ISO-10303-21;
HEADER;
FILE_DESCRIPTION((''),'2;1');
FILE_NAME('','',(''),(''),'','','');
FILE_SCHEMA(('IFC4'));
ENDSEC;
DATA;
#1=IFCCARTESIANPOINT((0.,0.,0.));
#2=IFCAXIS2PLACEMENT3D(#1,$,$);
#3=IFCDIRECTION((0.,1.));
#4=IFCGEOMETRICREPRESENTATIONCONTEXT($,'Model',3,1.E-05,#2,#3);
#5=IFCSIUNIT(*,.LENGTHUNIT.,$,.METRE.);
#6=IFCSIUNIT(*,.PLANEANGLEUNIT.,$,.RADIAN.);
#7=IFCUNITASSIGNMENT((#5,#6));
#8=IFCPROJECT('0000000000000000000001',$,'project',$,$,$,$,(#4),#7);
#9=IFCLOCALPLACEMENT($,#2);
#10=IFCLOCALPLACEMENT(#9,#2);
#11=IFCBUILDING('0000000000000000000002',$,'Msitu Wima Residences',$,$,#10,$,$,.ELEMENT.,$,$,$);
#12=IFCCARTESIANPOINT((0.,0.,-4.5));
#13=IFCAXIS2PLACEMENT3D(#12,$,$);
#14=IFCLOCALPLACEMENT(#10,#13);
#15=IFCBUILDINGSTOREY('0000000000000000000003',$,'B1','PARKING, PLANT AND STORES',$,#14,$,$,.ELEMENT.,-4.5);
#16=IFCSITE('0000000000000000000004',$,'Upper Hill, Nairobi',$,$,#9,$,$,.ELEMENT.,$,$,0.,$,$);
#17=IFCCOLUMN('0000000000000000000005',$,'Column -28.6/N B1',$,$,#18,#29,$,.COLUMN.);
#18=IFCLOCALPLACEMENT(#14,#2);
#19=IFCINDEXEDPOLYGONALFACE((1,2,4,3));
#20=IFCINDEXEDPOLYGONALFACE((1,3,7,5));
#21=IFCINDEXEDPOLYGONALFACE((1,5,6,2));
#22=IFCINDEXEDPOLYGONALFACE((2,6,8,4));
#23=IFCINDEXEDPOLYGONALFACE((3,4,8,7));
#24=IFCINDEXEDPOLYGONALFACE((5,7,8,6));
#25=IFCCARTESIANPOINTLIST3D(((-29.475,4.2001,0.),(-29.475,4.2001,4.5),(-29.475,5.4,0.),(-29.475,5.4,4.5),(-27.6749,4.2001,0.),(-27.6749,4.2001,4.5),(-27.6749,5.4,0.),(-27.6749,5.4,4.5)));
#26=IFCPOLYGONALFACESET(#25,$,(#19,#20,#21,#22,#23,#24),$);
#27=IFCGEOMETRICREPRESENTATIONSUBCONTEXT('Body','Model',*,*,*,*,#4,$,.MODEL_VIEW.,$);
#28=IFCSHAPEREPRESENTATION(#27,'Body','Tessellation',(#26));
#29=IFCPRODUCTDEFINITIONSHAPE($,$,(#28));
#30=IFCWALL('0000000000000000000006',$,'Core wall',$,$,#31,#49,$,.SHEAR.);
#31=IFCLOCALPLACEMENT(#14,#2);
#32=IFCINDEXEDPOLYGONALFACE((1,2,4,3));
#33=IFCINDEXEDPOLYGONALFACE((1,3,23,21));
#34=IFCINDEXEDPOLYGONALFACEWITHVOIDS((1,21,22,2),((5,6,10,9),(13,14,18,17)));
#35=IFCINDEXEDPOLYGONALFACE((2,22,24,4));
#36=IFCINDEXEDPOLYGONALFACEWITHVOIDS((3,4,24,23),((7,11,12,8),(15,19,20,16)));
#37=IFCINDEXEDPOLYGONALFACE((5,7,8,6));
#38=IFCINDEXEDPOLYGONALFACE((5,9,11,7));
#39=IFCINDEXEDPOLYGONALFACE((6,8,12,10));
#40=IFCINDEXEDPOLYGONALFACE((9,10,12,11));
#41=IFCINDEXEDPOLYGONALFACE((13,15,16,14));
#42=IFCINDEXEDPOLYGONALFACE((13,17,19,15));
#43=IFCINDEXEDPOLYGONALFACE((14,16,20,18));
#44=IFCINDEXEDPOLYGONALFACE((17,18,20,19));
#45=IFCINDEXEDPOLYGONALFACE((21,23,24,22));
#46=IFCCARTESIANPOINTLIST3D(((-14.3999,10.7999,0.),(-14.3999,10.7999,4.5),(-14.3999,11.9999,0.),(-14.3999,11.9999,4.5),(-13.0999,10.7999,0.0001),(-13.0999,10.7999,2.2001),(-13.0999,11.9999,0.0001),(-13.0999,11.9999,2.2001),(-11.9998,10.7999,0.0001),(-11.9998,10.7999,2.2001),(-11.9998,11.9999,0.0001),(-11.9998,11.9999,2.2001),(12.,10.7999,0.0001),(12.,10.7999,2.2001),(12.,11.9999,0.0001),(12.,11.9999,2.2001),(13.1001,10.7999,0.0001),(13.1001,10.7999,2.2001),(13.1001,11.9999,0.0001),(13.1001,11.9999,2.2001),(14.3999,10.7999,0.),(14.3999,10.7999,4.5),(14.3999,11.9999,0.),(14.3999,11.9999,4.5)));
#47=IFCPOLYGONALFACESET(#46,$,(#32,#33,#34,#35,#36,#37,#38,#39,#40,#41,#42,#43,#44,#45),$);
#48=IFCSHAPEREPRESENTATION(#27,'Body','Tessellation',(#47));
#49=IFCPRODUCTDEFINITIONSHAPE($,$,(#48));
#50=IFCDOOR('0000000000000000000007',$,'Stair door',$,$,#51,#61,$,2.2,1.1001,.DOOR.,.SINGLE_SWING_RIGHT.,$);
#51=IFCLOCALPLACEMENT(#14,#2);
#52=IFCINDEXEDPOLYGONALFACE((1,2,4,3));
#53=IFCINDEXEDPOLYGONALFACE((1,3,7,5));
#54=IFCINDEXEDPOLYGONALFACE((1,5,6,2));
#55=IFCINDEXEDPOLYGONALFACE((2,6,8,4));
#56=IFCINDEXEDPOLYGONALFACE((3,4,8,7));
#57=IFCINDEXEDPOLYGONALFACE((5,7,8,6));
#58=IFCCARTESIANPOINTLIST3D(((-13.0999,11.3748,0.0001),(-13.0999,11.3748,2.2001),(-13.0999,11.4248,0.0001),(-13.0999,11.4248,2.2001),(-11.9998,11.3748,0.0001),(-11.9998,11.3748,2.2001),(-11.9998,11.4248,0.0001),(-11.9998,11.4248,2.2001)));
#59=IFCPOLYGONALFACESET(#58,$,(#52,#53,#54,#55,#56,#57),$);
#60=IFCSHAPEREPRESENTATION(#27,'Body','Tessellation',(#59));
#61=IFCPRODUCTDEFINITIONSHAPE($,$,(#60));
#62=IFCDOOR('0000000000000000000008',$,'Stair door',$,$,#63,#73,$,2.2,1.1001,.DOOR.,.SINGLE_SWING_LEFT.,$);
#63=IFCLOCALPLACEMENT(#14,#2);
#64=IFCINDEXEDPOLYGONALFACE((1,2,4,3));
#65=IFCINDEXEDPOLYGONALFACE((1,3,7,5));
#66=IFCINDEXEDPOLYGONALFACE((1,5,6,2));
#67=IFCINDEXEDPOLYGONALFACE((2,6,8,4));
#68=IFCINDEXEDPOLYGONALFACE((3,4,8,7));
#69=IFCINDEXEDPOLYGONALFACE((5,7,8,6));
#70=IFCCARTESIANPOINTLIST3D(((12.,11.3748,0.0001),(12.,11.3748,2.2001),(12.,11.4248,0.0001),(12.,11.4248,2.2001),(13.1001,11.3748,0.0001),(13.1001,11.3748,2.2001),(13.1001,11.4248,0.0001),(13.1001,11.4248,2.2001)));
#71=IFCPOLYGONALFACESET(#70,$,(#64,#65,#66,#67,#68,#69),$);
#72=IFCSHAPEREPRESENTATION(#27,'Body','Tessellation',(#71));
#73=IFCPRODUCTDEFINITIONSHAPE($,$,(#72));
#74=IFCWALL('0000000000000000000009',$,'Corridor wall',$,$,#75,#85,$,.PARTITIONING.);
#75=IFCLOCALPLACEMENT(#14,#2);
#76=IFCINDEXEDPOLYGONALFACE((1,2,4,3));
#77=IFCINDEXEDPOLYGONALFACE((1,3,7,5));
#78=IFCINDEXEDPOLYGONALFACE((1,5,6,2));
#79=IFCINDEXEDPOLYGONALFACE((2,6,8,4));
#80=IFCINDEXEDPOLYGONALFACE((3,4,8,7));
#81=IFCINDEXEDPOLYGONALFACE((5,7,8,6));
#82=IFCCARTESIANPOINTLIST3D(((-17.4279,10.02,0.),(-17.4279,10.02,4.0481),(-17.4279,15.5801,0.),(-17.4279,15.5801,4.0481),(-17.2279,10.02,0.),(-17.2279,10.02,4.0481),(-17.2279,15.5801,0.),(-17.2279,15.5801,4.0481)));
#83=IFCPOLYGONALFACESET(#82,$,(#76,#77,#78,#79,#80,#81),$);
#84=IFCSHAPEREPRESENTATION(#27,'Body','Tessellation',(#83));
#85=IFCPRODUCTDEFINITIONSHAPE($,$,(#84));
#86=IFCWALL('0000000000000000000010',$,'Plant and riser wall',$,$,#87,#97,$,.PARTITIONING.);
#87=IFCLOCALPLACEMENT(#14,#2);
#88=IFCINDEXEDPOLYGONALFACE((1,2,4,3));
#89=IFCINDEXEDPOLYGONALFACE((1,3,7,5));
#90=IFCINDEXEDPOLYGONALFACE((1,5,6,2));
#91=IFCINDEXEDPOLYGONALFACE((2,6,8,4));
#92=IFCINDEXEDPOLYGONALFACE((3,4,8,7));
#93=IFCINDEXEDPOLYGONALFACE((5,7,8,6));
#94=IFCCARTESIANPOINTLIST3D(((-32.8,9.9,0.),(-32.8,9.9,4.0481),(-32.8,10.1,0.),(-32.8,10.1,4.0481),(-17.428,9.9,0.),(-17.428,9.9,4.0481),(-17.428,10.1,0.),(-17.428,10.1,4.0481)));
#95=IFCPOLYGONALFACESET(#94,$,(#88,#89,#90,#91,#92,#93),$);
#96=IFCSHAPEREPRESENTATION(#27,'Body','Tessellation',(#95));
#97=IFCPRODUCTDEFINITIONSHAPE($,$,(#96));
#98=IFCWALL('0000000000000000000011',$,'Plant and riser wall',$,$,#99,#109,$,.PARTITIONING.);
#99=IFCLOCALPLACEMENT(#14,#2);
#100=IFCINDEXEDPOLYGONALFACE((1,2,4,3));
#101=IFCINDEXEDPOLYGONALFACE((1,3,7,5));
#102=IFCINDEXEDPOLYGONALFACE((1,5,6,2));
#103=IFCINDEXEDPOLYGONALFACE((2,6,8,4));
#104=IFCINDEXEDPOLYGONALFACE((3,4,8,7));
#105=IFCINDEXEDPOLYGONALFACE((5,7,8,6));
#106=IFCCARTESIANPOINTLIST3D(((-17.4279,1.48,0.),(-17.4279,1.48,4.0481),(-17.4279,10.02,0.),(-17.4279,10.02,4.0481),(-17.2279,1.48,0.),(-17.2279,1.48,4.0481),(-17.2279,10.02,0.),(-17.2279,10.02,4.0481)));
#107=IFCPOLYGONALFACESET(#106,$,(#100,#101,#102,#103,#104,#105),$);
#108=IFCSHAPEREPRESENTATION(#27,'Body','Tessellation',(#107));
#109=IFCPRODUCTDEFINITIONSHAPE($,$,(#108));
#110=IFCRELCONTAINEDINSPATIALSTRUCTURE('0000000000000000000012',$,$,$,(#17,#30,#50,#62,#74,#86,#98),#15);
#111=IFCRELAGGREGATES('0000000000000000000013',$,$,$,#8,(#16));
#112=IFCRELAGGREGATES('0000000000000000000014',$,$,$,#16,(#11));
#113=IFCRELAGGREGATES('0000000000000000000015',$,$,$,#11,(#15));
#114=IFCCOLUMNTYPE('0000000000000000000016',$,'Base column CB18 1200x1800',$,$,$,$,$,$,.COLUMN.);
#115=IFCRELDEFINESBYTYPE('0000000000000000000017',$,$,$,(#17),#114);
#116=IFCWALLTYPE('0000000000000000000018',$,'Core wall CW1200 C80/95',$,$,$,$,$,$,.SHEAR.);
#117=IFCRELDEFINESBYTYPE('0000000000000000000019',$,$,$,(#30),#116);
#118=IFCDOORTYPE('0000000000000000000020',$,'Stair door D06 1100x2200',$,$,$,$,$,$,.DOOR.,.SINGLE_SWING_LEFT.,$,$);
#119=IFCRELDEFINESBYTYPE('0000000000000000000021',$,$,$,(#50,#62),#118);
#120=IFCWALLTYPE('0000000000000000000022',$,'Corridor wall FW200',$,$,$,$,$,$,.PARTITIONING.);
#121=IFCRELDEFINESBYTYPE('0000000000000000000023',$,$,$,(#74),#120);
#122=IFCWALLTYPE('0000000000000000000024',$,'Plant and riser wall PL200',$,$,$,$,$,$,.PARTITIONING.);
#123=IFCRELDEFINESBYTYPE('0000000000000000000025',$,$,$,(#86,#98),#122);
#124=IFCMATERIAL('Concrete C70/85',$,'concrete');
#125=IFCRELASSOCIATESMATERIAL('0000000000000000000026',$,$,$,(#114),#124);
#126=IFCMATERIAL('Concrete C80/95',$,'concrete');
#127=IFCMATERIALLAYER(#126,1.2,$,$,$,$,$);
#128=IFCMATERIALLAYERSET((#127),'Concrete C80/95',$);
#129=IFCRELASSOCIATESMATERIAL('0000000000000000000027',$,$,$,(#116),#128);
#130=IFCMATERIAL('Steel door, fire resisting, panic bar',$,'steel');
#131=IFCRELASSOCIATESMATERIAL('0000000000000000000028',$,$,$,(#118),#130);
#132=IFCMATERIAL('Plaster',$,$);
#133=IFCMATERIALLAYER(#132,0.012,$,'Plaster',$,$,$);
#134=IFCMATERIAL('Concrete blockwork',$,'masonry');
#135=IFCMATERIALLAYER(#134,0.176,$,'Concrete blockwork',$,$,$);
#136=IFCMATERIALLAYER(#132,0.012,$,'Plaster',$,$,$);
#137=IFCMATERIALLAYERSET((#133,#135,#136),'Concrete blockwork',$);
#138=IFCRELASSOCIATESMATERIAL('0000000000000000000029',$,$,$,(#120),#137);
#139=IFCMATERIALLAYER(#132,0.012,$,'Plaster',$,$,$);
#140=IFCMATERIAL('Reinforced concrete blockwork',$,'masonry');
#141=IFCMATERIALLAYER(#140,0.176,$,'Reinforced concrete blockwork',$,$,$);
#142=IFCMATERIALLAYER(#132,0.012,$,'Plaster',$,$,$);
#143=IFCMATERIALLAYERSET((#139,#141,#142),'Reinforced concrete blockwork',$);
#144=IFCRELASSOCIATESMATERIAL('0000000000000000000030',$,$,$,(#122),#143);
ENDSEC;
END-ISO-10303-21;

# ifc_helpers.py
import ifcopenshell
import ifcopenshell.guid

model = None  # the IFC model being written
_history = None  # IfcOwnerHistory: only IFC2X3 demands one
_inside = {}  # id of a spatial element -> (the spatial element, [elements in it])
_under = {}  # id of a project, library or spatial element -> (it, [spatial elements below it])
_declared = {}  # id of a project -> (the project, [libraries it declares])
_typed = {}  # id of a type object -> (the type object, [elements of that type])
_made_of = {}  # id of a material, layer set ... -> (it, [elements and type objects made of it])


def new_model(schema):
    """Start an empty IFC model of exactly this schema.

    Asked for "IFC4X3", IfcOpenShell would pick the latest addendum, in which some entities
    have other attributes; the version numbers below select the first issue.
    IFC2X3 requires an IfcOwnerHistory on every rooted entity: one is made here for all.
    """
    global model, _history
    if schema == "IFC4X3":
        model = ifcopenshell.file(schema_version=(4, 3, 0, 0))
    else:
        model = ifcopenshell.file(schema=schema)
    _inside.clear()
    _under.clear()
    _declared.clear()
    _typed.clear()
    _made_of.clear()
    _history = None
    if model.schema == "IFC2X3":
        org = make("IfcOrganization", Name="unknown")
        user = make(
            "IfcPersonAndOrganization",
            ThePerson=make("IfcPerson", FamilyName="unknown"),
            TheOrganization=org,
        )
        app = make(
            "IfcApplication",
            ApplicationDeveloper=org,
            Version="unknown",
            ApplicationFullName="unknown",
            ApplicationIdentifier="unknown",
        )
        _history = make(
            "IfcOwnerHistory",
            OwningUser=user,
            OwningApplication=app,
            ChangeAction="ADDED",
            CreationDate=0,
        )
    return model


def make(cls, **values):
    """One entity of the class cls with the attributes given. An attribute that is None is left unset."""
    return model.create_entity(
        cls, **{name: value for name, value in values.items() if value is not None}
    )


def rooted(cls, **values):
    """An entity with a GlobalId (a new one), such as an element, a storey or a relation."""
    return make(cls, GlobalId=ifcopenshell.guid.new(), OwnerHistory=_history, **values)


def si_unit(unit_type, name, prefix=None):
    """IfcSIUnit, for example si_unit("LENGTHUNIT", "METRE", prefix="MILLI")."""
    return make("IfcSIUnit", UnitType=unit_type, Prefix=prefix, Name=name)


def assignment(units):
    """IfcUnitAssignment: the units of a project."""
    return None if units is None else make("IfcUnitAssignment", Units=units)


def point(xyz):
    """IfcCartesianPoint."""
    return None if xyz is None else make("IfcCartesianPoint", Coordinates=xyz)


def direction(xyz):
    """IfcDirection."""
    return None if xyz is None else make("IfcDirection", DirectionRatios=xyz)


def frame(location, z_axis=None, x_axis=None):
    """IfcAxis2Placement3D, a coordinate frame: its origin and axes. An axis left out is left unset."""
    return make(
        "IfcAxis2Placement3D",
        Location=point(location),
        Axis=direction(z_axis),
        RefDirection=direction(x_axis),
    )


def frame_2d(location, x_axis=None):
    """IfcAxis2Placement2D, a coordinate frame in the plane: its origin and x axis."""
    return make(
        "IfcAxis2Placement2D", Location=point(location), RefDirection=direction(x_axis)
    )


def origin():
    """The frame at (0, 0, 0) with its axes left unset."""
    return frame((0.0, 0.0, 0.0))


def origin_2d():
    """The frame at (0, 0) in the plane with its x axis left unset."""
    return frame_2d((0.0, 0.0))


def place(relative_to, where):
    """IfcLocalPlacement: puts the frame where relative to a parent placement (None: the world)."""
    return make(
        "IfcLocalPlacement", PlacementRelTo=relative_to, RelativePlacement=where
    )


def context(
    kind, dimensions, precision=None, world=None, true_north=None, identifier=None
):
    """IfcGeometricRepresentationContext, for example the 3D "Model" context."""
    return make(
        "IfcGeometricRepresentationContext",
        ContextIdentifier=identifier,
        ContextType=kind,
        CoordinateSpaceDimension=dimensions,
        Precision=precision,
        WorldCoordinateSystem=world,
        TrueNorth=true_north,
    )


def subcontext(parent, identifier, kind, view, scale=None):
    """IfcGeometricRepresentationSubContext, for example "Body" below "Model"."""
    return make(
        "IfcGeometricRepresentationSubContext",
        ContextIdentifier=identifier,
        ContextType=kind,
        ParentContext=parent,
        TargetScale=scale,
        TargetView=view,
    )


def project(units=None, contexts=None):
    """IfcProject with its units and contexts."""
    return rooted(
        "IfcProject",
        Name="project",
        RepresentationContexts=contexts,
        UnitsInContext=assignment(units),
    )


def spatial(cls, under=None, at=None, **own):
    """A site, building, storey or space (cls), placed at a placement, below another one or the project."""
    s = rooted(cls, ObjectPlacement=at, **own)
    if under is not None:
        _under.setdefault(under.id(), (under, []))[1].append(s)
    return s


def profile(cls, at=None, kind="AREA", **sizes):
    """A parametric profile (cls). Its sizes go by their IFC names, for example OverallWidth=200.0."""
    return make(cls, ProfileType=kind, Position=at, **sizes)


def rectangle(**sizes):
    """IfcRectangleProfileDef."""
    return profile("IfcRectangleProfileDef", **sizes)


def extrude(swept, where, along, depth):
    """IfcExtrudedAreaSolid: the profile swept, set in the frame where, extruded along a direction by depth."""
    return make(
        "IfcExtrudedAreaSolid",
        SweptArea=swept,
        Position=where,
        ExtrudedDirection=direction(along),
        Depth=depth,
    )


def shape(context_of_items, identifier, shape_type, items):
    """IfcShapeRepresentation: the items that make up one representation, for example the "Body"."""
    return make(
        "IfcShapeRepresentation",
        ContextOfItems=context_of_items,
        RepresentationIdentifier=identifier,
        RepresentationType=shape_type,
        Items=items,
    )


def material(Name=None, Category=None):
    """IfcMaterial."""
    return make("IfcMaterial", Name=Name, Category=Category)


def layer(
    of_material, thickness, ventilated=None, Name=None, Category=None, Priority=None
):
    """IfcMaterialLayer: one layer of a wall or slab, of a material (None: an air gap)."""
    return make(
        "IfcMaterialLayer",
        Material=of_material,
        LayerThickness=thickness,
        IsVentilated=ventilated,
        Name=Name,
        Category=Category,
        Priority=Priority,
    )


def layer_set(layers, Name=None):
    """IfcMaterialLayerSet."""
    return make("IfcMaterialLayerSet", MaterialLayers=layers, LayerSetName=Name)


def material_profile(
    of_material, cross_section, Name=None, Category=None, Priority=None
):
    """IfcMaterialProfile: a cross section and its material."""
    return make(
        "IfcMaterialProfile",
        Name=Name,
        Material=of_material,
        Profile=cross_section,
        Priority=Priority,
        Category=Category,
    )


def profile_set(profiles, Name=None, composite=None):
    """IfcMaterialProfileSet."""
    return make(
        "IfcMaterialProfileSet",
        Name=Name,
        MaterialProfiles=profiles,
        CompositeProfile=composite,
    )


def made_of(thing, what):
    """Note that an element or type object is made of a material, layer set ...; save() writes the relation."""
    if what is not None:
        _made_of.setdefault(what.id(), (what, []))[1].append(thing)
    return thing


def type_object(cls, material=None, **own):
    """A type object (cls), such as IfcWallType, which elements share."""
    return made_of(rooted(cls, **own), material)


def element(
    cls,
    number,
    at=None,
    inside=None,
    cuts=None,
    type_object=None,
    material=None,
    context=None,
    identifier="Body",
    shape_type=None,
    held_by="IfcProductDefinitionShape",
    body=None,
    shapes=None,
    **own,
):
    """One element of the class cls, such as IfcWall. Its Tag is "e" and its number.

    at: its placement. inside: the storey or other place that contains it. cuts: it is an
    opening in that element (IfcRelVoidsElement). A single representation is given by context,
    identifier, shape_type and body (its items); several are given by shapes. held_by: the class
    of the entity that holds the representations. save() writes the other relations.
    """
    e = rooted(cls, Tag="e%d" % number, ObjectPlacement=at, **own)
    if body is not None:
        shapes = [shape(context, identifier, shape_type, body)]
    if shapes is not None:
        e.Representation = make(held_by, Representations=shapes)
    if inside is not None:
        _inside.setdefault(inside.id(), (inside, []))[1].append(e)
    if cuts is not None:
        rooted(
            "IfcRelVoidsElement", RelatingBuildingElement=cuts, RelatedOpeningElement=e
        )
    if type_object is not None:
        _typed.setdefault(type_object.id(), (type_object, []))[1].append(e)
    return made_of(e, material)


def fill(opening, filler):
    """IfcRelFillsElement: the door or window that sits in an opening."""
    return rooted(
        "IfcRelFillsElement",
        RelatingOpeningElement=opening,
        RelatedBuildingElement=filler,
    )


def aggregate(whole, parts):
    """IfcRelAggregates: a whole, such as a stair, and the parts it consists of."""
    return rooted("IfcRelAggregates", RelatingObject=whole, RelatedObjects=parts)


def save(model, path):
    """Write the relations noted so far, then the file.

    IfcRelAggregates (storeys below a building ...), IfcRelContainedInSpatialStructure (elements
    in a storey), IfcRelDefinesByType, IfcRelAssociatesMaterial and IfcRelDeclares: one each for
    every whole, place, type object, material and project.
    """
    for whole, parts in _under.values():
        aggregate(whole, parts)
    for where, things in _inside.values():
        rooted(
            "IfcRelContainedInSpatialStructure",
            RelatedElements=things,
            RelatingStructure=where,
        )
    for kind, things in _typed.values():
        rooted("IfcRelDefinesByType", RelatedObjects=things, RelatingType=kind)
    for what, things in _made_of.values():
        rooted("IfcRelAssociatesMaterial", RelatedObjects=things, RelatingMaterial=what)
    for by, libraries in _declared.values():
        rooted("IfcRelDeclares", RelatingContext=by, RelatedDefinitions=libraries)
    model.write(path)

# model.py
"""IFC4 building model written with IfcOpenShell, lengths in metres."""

from ifc_helpers import new_model, si_unit, direction, frame, frame_2d, origin, origin_2d, place, context, subcontext, project, spatial, rectangle, extrude, material, layer, layer_set, material_profile, profile_set, type_object, element, fill, save


model = new_model("IFC4")

# Units and contexts
model_context = context("Model", 3, precision=1e-05, world=origin(), true_north=direction((0.0, 1.0)))
body_context = subcontext(model_context, "Body", "Model", "MODEL_VIEW")
ifc_project = project(units=[si_unit("LENGTHUNIT", "METRE"), si_unit("PLANEANGLEUNIT", "RADIAN")], contexts=[model_context])

# Site, building, storey
site_placement = place(None, origin())
site = spatial("IfcSite", under=ifc_project, at=site_placement, Name="Upper Hill, Nairobi", CompositionType="ELEMENT", RefElevation=0.0)
building_placement = place(site_placement, origin())
building = spatial("IfcBuilding", under=site, at=building_placement, Name="Msitu Wima Residences", CompositionType="ELEMENT")
storey_placement = place(building_placement, frame((0.0, 0.0, -4.5)))
storey = spatial("IfcBuildingStorey", under=building, at=storey_placement, Name="B1", Description="PARKING, PLANT AND STORES", CompositionType="ELEMENT", Elevation=-4.5)

# Column
ifc_material_1 = material(Name="Concrete C70/85", Category="concrete")
ifc_material_profile = material_profile(ifc_material_1, rectangle(XDim=1.2, YDim=1.8, at=origin_2d()), Name="RC 1200x1800")
ifc_profile_set = profile_set([ifc_material_profile], Name="Concrete C70/85")
column_type = type_object("IfcColumnType", Name="Base column CB18 1200x1800", PredefinedType="COLUMN", material=ifc_profile_set)
column_placement = place(storey_placement, frame((-28.575, 4.8, 0.0), z_axis=(0.0, 0.0, 1.0), x_axis=(0.0, -1.0, 0.0)))
element("IfcColumn", 1, at=column_placement, inside=storey, type_object=column_type, Name="Column -28.6/N B1", PredefinedType="COLUMN", context=body_context, shape_type="SweptSolid", body=[
    extrude(rectangle(XDim=1.2, YDim=1.8, at=origin_2d()), origin(), (0.0, 0.0, 1.0), 4.5),
])

# Wall, openings, doors
ifc_material_2 = material(Name="Concrete C80/95", Category="concrete")
ifc_layer_1 = layer(ifc_material_2, 1.2)
ifc_layer_set_1 = layer_set([ifc_layer_1], Name="Concrete C80/95")
wall_type_1 = type_object("IfcWallType", Name="Core wall CW1200 C80/95", PredefinedType="SHEAR", material=ifc_layer_set_1)
wall_1_placement = place(storey_placement, frame((-14.3999, 11.3999, 0.0), z_axis=(0.0, 0.0, 1.0), x_axis=(1.0, 0.0, 0.0)))
wall_1 = element("IfcWall", 2, at=wall_1_placement, inside=storey, type_object=wall_type_1, Name="Core wall", PredefinedType="SHEAR", context=body_context, shape_type="SweptSolid", body=[
    extrude(rectangle(XDim=28.7998, YDim=1.2, at=frame_2d((14.3999, 0.0))), origin(), (0.0, 0.0, 1.0), 4.5),
])
opening_1_placement = place(wall_1_placement, frame((1.3, 0.0, 0.0)))
opening_1 = element("IfcOpeningElement", 3, at=opening_1_placement, cuts=wall_1, PredefinedType="OPENING", context=body_context, shape_type="SweptSolid", body=[
    extrude(rectangle(XDim=1.1001, YDim=2.2, at=frame_2d((0.55, 1.1001))), frame((0.0, 0.6099, 0.0), z_axis=(0.0, -1.0, 0.0), x_axis=(1.0, 0.0, 0.0)), (0.0, 0.0, 1.0), 1.22),
])
opening_2_placement = place(wall_1_placement, frame((26.3999, 0.0, 0.0)))
opening_2 = element("IfcOpeningElement", 4, at=opening_2_placement, cuts=wall_1, PredefinedType="OPENING", context=body_context, shape_type="SweptSolid", body=[
    extrude(rectangle(XDim=1.1001, YDim=2.2, at=frame_2d((0.55, 1.1001))), frame((0.0, 0.6099, 0.0), z_axis=(0.0, -1.0, 0.0), x_axis=(1.0, 0.0, 0.0)), (0.0, 0.0, 1.0), 1.22),
])
ifc_material_3 = material(Name="Steel door, fire resisting, panic bar", Category="steel")
door_type_1 = type_object("IfcDoorType", Name="Stair door D06 1100x2200", OperationType="SINGLE_SWING_LEFT", PredefinedType="DOOR", material=ifc_material_3)
door_1_placement = place(opening_1_placement, origin())
door_1 = element("IfcDoor", 5, at=door_1_placement, inside=storey, type_object=door_type_1, Name="Stair door", OperationType="SINGLE_SWING_RIGHT", OverallHeight=2.2, OverallWidth=1.1001, PredefinedType="DOOR", context=body_context, shape_type="SweptSolid", body=[
    extrude(rectangle(XDim=1.1001, YDim=2.2, at=frame_2d((0.55, 1.1001))), frame((0.0, 0.0249, 0.0), z_axis=(0.0, -1.0, 0.0), x_axis=(1.0, 0.0, 0.0)), (0.0, 0.0, 1.0), 0.05),
])
fill(opening_1, door_1)
door_2_placement = place(opening_2_placement, origin())
door_2 = element("IfcDoor", 6, at=door_2_placement, inside=storey, type_object=door_type_1, Name="Stair door", OperationType="SINGLE_SWING_LEFT", OverallHeight=2.2, OverallWidth=1.1001, PredefinedType="DOOR", context=body_context, shape_type="SweptSolid", body=[
    extrude(rectangle(XDim=1.1001, YDim=2.2, at=frame_2d((0.55, 1.1001))), frame((0.0, 0.0249, 0.0), z_axis=(0.0, -1.0, 0.0), x_axis=(1.0, 0.0, 0.0)), (0.0, 0.0, 1.0), 0.05),
])
fill(opening_2, door_2)

# Walls
ifc_material_4 = material(Name="Plaster")
ifc_layer_2 = layer(ifc_material_4, 0.012, Name="Plaster")
ifc_material_5 = material(Name="Concrete blockwork", Category="masonry")
ifc_layer_3 = layer(ifc_material_5, 0.176, Name="Concrete blockwork")
ifc_layer_4 = layer(ifc_material_4, 0.012, Name="Plaster")
ifc_layer_set_2 = layer_set([ifc_layer_2, ifc_layer_3, ifc_layer_4], Name="Concrete blockwork")
wall_type_2 = type_object("IfcWallType", Name="Corridor wall FW200", PredefinedType="PARTITIONING", material=ifc_layer_set_2)
wall_2_placement = place(storey_placement, frame((-17.3279, 10.02, 0.0), z_axis=(0.0, 0.0, 1.0), x_axis=(0.0, 1.0, 0.0)))
element("IfcWall", 7, at=wall_2_placement, inside=storey, type_object=wall_type_2, Name="Corridor wall", PredefinedType="PARTITIONING", context=body_context, shape_type="SweptSolid", body=[
    extrude(rectangle(XDim=5.5601, YDim=0.2, at=frame_2d((2.78, 0.0))), origin(), (0.0, 0.0, 1.0), 4.0481),
])
ifc_layer_5 = layer(ifc_material_4, 0.012, Name="Plaster")
ifc_material_6 = material(Name="Reinforced concrete blockwork", Category="masonry")
ifc_layer_6 = layer(ifc_material_6, 0.176, Name="Reinforced concrete blockwork")
ifc_layer_7 = layer(ifc_material_4, 0.012, Name="Plaster")
ifc_layer_set_3 = layer_set([ifc_layer_5, ifc_layer_6, ifc_layer_7], Name="Reinforced concrete blockwork")
wall_type_3 = type_object("IfcWallType", Name="Plant and riser wall PL200", PredefinedType="PARTITIONING", material=ifc_layer_set_3)
wall_3_placement = place(storey_placement, frame((-32.8, 10.0, 0.0), z_axis=(0.0, 0.0, 1.0), x_axis=(1.0, 0.0, 0.0)))
element("IfcWall", 8, at=wall_3_placement, inside=storey, type_object=wall_type_3, Name="Plant and riser wall", PredefinedType="PARTITIONING", context=body_context, shape_type="SweptSolid", body=[
    extrude(rectangle(XDim=15.3721, YDim=0.2, at=frame_2d((7.686, 0.0))), origin(), (0.0, 0.0, 1.0), 4.0481),
])
wall_4_placement = place(storey_placement, frame((-17.3279, 1.48, 0.0), z_axis=(0.0, 0.0, 1.0), x_axis=(0.0, 1.0, 0.0)))
element("IfcWall", 9, at=wall_4_placement, inside=storey, type_object=wall_type_3, Name="Plant and riser wall", PredefinedType="PARTITIONING", context=body_context, shape_type="SweptSolid", body=[
    extrude(rectangle(XDim=8.54, YDim=0.2, at=frame_2d((4.27, 0.0))), origin(), (0.0, 0.0, 1.0), 4.0481),
])

save(model, "model.ifc")
